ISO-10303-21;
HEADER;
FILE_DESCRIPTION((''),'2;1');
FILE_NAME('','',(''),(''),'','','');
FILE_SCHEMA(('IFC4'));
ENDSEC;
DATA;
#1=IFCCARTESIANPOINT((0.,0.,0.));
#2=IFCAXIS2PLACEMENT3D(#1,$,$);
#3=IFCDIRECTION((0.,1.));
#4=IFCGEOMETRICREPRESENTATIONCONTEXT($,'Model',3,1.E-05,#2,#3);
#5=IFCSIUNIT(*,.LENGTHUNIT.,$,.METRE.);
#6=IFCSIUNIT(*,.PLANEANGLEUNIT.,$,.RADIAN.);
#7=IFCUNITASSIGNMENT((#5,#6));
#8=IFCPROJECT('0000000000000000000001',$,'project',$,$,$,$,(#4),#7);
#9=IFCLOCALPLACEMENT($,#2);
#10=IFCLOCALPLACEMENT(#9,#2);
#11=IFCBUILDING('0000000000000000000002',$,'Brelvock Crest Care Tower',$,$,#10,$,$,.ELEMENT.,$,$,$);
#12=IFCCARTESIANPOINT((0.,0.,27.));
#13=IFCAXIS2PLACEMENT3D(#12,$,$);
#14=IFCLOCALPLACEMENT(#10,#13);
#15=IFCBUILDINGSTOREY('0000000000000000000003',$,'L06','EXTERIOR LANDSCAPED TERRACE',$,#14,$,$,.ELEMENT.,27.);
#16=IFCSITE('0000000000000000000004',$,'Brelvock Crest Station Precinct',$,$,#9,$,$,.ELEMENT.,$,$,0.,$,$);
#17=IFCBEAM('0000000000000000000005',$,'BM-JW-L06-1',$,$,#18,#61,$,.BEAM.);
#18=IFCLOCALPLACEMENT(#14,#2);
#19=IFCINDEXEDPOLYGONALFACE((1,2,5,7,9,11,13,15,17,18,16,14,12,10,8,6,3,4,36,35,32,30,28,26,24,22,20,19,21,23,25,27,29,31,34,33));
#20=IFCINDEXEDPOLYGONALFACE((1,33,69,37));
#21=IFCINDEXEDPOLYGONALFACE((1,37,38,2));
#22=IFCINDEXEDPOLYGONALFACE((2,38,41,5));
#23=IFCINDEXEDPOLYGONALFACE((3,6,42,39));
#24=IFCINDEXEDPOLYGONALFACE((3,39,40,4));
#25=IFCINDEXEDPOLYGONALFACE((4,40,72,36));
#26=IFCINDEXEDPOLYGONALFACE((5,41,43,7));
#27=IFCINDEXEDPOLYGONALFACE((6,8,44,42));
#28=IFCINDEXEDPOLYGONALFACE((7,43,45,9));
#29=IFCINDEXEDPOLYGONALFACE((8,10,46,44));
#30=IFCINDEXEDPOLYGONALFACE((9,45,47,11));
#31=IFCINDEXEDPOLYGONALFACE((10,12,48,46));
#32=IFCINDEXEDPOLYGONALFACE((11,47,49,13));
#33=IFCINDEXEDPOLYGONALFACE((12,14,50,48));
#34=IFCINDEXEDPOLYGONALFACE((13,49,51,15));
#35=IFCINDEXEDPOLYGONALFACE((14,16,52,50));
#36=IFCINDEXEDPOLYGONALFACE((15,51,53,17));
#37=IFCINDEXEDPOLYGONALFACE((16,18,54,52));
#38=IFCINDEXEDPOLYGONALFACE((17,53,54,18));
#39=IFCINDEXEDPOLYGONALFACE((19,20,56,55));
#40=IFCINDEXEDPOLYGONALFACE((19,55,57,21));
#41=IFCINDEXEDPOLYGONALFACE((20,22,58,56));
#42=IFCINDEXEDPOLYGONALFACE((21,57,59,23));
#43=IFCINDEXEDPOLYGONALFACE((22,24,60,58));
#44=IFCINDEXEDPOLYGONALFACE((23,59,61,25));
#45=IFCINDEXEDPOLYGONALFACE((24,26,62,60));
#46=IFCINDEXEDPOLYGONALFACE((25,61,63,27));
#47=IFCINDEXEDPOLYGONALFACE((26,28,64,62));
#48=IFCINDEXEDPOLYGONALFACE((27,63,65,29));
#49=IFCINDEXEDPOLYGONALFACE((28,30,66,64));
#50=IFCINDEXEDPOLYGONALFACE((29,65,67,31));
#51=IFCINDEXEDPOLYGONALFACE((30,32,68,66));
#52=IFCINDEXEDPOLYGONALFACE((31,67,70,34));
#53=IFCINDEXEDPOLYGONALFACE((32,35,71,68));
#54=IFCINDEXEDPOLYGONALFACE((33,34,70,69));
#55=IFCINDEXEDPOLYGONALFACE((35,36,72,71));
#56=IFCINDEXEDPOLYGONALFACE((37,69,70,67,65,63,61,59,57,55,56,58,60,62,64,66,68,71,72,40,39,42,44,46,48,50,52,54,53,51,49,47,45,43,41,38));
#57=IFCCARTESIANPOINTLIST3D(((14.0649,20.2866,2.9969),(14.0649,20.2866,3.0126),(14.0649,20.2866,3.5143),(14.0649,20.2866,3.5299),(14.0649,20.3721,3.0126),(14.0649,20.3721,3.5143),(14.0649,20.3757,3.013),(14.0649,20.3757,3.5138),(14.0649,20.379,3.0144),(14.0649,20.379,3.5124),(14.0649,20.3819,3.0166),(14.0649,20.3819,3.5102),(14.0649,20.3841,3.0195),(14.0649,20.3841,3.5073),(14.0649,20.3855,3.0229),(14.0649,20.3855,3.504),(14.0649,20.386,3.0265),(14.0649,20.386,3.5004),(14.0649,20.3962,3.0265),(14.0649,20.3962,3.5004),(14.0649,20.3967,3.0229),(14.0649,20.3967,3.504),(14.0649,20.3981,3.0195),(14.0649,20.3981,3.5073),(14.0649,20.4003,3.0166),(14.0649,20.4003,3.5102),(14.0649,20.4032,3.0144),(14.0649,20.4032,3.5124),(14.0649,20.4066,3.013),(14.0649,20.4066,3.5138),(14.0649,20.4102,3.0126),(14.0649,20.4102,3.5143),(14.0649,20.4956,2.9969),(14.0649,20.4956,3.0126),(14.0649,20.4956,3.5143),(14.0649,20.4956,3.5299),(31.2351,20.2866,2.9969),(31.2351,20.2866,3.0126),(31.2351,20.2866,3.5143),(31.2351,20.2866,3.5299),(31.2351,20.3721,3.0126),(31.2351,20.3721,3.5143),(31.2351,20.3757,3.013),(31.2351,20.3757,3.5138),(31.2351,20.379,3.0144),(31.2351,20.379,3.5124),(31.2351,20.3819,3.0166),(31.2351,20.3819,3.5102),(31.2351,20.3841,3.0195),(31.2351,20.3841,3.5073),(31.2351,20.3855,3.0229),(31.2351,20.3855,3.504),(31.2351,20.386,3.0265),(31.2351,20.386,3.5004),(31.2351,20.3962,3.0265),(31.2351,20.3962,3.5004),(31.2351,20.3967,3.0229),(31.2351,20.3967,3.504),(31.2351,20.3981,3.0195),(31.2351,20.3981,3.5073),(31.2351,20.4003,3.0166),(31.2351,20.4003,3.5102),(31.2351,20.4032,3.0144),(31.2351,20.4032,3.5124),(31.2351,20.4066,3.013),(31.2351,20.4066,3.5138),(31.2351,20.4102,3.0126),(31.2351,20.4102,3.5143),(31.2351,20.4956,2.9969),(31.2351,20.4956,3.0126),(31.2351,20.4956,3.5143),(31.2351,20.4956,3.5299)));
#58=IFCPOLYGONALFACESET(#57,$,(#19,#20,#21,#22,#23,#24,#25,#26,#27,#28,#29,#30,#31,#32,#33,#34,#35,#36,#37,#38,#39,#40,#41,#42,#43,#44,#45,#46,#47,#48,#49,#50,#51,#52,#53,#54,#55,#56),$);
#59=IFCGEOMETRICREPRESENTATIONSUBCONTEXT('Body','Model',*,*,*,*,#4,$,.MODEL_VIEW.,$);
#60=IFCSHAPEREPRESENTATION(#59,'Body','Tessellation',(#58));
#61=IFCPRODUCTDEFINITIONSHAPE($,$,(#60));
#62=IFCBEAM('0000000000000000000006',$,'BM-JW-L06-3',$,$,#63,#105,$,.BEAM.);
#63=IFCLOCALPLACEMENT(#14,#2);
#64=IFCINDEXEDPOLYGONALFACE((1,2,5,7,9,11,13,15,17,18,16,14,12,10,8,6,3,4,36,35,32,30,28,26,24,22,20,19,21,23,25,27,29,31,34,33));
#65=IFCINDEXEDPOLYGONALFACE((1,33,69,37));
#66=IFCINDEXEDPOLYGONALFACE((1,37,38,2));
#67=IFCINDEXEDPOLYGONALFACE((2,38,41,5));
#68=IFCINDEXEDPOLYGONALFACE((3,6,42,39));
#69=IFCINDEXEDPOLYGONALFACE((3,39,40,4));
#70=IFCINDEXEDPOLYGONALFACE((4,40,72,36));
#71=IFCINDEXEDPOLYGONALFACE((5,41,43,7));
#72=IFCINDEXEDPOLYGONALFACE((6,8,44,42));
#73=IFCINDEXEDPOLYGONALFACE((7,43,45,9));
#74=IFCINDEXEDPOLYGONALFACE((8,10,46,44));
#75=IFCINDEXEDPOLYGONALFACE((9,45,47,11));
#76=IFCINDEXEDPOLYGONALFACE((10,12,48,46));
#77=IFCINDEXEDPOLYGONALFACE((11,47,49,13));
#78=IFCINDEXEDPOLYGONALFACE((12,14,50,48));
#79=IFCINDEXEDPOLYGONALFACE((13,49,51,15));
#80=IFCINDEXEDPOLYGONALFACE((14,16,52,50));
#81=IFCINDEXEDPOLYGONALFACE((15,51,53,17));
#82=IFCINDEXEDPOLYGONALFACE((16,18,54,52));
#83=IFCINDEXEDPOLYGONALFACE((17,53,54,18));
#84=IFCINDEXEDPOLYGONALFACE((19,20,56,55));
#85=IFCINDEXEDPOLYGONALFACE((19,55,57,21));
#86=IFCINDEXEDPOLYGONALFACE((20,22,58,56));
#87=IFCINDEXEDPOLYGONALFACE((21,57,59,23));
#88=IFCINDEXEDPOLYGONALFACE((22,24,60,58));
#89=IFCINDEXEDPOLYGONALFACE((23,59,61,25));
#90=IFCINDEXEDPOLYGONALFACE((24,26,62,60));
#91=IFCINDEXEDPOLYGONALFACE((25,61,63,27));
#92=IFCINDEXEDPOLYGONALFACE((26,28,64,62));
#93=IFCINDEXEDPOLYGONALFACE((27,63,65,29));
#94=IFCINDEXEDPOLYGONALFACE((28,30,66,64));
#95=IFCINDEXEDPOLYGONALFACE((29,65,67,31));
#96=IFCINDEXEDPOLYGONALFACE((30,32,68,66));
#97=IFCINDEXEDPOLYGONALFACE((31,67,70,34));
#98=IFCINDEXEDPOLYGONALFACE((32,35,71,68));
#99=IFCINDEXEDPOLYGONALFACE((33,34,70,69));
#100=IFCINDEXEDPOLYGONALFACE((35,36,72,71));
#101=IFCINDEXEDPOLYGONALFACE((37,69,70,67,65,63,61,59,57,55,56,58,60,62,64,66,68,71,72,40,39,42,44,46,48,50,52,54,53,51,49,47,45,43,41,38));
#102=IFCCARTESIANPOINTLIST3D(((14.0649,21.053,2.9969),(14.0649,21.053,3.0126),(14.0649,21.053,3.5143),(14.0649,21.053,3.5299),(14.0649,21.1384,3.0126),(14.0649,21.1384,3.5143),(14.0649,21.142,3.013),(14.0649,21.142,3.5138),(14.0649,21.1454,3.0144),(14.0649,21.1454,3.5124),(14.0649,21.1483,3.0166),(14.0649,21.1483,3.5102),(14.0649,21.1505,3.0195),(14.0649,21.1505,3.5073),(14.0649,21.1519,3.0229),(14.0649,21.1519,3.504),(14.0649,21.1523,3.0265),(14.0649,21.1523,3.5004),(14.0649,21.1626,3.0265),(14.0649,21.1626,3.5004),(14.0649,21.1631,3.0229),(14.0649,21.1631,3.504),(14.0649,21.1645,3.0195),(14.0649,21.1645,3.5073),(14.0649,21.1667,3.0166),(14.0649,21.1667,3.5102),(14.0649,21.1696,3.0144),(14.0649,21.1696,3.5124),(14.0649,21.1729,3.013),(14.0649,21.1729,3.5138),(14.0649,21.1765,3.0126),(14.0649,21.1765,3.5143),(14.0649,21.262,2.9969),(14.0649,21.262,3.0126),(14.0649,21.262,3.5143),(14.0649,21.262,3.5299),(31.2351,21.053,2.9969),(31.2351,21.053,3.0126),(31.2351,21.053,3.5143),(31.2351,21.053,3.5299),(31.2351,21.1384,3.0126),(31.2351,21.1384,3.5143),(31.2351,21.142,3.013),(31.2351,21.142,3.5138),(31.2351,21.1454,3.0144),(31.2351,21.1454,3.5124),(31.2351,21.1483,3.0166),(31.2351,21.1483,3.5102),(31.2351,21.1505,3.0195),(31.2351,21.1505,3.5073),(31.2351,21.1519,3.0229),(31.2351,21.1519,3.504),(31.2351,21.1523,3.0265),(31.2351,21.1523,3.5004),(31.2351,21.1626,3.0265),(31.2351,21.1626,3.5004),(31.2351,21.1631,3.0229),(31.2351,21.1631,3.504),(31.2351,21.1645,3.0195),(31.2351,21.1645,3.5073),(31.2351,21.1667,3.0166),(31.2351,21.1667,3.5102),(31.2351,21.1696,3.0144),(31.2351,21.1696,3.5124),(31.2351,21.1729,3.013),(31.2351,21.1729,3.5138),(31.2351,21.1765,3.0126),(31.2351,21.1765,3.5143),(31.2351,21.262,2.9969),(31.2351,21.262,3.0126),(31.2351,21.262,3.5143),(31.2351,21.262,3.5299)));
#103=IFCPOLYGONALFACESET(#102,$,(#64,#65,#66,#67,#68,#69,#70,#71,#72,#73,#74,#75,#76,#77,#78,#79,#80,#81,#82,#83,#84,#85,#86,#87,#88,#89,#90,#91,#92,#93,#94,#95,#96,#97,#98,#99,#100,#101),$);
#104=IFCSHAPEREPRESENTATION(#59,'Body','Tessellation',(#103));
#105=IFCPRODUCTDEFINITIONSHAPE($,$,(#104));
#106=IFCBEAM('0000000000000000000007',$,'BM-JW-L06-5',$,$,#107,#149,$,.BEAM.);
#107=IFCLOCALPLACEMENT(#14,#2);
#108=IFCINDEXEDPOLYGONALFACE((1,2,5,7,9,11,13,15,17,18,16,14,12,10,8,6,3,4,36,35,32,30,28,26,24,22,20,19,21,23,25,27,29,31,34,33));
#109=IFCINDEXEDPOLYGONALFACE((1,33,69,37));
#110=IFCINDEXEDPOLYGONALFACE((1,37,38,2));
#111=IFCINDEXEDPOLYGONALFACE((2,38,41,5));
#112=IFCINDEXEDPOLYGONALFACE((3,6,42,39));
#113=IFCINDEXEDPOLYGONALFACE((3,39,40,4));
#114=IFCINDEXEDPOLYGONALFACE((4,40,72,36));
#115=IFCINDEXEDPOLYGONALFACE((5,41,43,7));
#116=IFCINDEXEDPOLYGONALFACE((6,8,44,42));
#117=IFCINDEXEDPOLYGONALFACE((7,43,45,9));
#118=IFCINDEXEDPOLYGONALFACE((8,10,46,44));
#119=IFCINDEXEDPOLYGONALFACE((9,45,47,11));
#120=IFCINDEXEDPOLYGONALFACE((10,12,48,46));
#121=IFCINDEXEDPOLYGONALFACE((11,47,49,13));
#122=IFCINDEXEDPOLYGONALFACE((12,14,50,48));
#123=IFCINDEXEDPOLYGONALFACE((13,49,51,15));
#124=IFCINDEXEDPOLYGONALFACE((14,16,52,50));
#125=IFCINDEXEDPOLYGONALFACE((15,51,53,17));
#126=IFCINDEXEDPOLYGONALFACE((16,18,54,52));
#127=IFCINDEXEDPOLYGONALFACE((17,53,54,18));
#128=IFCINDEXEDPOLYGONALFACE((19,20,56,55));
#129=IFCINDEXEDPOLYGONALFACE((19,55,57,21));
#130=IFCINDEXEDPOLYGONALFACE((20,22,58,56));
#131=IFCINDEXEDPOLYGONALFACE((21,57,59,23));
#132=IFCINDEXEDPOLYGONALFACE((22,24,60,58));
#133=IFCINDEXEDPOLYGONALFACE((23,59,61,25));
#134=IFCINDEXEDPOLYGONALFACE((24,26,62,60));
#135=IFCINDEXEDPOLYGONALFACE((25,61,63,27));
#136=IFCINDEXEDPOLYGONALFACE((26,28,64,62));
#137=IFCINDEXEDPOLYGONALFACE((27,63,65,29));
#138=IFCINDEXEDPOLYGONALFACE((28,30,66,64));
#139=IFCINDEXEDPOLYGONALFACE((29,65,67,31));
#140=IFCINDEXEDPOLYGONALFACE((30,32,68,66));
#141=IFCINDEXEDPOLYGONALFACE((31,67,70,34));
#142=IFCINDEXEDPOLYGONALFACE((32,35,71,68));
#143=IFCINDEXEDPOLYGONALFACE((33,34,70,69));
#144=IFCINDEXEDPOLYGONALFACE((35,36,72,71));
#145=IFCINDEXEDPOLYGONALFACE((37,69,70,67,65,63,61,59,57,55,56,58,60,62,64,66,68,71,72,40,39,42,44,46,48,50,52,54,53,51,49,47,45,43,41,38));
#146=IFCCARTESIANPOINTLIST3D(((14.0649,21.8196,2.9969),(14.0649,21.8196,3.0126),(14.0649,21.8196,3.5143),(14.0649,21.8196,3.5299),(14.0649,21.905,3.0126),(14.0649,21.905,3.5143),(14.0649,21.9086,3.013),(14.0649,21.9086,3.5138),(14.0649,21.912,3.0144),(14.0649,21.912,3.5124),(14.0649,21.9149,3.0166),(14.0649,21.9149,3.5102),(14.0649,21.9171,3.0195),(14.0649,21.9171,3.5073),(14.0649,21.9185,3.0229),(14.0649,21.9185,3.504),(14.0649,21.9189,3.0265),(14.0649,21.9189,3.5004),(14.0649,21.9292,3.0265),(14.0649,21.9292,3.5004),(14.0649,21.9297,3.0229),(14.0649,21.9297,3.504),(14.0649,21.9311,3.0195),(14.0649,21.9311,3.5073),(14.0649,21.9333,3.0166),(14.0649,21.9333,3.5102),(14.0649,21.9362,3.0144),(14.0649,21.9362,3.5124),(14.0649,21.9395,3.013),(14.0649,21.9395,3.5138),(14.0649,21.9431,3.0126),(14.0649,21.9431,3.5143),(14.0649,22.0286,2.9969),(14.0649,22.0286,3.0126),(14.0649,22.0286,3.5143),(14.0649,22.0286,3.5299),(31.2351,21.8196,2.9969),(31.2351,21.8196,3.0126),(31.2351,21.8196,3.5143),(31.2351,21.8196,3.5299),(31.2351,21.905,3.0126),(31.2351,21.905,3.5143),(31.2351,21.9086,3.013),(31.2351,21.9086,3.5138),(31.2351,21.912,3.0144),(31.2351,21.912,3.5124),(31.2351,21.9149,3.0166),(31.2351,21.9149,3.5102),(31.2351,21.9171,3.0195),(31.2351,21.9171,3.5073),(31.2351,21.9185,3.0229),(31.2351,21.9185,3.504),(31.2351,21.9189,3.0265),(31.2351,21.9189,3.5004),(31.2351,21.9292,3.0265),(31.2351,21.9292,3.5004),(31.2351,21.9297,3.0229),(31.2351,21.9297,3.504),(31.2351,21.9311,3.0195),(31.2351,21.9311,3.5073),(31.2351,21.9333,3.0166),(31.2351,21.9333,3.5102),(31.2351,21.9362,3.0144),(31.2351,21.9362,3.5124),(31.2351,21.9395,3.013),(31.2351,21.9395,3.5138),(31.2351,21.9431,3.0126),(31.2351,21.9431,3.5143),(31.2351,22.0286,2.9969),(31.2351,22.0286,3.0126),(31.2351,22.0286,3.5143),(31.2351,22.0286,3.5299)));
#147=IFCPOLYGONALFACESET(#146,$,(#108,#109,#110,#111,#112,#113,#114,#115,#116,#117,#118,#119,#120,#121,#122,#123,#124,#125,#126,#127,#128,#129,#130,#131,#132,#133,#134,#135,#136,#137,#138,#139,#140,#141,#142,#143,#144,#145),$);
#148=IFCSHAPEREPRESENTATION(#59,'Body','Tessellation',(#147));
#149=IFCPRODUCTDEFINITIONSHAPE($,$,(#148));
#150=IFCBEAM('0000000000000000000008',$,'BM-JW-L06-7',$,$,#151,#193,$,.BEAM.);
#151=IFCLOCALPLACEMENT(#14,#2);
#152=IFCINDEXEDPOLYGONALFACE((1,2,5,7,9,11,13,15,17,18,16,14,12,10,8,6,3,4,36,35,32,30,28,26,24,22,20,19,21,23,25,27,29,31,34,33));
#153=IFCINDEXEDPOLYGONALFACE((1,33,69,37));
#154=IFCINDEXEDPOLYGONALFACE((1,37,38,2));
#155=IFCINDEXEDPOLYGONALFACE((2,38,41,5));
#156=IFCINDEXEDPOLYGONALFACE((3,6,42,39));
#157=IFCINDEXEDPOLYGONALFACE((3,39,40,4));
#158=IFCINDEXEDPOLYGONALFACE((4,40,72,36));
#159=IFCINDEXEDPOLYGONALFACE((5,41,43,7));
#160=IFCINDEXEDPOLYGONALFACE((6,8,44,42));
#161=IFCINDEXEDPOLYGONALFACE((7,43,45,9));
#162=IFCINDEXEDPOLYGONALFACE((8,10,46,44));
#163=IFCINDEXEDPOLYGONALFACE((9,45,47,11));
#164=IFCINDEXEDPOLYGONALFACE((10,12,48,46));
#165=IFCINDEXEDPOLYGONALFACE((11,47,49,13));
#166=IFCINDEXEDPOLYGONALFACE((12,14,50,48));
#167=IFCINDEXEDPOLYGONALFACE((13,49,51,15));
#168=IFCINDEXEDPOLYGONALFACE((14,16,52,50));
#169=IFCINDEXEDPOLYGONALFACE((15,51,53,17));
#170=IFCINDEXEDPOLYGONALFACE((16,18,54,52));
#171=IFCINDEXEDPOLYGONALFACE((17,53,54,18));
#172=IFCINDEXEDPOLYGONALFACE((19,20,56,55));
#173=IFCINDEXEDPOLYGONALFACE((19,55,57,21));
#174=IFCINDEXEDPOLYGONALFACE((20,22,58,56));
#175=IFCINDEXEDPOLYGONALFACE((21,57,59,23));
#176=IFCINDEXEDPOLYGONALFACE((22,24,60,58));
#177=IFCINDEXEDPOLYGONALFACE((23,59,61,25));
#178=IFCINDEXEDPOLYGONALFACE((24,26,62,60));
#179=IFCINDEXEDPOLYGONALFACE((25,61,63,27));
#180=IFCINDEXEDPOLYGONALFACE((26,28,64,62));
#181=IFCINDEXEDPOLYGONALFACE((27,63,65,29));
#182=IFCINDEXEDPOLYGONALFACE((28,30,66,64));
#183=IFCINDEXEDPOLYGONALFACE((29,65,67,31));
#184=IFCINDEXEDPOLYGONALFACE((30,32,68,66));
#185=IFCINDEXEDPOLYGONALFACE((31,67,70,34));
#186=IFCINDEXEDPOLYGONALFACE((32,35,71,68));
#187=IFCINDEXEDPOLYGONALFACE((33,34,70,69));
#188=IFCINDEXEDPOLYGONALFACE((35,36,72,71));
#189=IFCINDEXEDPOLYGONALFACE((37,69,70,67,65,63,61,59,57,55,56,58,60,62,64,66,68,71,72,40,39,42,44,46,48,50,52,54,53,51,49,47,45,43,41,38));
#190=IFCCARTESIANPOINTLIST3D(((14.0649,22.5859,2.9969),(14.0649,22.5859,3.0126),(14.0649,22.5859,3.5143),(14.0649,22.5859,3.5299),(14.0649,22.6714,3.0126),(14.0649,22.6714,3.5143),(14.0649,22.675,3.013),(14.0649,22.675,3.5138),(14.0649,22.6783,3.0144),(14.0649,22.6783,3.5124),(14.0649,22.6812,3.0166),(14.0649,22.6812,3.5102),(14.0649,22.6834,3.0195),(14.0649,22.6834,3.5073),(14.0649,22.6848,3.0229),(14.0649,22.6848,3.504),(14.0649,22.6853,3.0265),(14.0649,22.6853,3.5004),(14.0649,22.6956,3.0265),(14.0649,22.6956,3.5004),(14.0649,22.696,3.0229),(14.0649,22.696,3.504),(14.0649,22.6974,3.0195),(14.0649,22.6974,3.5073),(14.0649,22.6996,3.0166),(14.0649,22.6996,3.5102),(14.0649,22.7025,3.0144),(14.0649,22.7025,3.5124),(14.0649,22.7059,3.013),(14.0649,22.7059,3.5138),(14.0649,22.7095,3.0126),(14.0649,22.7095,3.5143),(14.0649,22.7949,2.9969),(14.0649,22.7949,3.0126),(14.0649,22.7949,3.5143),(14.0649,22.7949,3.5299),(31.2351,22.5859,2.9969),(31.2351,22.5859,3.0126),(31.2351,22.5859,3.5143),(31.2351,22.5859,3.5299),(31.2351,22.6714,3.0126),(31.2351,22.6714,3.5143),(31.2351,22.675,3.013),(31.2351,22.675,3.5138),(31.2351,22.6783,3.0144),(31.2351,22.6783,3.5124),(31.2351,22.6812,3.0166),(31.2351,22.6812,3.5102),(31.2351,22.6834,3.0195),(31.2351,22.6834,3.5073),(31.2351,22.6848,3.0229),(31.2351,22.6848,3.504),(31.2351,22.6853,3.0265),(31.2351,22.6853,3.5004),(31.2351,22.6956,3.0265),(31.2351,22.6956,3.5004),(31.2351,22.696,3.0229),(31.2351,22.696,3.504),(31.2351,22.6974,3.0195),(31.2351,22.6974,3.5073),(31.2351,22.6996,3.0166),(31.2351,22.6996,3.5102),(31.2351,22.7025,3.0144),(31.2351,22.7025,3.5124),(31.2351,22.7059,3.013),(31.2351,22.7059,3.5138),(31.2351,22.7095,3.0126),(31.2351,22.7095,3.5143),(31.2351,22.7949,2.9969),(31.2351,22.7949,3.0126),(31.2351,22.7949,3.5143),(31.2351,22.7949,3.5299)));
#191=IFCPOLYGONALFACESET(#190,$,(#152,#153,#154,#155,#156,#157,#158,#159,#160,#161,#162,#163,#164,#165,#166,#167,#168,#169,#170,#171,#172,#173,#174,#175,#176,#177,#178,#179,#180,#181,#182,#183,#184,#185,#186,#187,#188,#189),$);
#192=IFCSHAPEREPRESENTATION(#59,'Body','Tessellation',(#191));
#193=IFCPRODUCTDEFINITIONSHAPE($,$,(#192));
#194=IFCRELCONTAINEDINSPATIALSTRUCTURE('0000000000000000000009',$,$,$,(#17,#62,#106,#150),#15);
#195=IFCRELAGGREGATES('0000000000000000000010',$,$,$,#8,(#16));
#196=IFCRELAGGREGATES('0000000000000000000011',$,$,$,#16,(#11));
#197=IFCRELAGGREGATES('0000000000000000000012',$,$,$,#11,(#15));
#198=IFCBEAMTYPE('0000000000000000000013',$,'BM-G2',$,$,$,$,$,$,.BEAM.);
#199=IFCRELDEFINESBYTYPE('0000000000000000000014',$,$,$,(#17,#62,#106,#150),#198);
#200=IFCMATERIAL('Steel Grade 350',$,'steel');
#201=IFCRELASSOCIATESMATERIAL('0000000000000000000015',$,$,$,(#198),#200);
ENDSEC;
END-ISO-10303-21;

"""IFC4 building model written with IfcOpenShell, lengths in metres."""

from ifc_helpers import new_model, si_unit, direction, frame, origin, origin_2d, place, context, subcontext, project, spatial, i_section, extrude, source, transform, mapped, material, material_profile, profile_set, type_object, element, save


model = new_model("IFC4")

# Units and contexts
model_context = context("Model", 3, precision=1e-05, world=origin(), true_north=direction((0.0, 1.0)))
body_context = subcontext(model_context, "Body", "Model", "MODEL_VIEW")
ifc_project = project(units=[si_unit("LENGTHUNIT", "METRE"), si_unit("PLANEANGLEUNIT", "RADIAN")], contexts=[model_context])

# Site, building, storey
site_placement = place(None, origin())
site = spatial("IfcSite", under=ifc_project, at=site_placement, Name="Brelvock Crest Station Precinct", CompositionType="ELEMENT", RefElevation=0.0)
building_placement = place(site_placement, origin())
building = spatial("IfcBuilding", under=site, at=building_placement, Name="Brelvock Crest Care Tower", CompositionType="ELEMENT")
storey_placement = place(building_placement, frame((0.0, 0.0, 27.0)))
storey = spatial("IfcBuildingStorey", under=building, at=storey_placement, Name="L06", Description="EXTERIOR LANDSCAPED TERRACE", CompositionType="ELEMENT", Elevation=27.0)

# Shared definitions
ifc_material_1 = material(Name="Steel Grade 350", Category="steel")

# Beams
ifc_material_profile_1 = material_profile(ifc_material_1, i_section(OverallWidth=0.209, OverallDepth=0.533, WebThickness=0.0103, FlangeThickness=0.0156, FilletRadius=0.0139, at=origin_2d()), Name="530UB92.4")
ifc_profile_set_1 = profile_set([ifc_material_profile_1], Name="Steel Grade 350")
beam_type_1 = type_object("IfcBeamType", Name="BM-G2", PredefinedType="BEAM", material=ifc_profile_set_1)
shared_shape_1 = source(origin(), body_context, "Body", "SweptSolid", [
    extrude(i_section(OverallWidth=0.209, OverallDepth=0.533, WebThickness=0.0103, FlangeThickness=0.0156, FilletRadius=0.0139, at=origin_2d()), origin(), (0.0, 0.0, 1.0), 17.1702),
])
for number, where, z_axis, x_axis, name in (
    (1, (14.0649, 20.3911, 3.2634), (1.0, 0.0, 0.0), (0.0, 1.0, 0.0), "BM-JW-L06-1"),
    (2, (14.0649, 21.1575, 3.2634), (1.0, 0.0, 0.0), (0.0, 1.0, 0.0), "BM-JW-L06-3"),
    (3, (14.0649, 21.9241, 3.2634), (1.0, 0.0, 0.0), (0.0, 1.0, 0.0), "BM-JW-L06-5"),
    (4, (14.0649, 22.6904, 3.2634), (1.0, 0.0, 0.0), (0.0, 1.0, 0.0), "BM-JW-L06-7"),
):
    element("IfcBeam", number, at=place(storey_placement, frame(where, z_axis=z_axis, x_axis=x_axis)), inside=storey, type_object=beam_type_1, Name=name, PredefinedType="BEAM", context=body_context, shape_type="MappedRepresentation", body=[
        mapped(shared_shape_1, transform((0.0, 0.0, 0.0), x_axis=(1.0, 0.0, 0.0), y_axis=(0.0, 1.0, 0.0), z_axis=(0.0, 0.0, 1.0), scale=1.0)),
    ])

save(model, "model.ifc")
